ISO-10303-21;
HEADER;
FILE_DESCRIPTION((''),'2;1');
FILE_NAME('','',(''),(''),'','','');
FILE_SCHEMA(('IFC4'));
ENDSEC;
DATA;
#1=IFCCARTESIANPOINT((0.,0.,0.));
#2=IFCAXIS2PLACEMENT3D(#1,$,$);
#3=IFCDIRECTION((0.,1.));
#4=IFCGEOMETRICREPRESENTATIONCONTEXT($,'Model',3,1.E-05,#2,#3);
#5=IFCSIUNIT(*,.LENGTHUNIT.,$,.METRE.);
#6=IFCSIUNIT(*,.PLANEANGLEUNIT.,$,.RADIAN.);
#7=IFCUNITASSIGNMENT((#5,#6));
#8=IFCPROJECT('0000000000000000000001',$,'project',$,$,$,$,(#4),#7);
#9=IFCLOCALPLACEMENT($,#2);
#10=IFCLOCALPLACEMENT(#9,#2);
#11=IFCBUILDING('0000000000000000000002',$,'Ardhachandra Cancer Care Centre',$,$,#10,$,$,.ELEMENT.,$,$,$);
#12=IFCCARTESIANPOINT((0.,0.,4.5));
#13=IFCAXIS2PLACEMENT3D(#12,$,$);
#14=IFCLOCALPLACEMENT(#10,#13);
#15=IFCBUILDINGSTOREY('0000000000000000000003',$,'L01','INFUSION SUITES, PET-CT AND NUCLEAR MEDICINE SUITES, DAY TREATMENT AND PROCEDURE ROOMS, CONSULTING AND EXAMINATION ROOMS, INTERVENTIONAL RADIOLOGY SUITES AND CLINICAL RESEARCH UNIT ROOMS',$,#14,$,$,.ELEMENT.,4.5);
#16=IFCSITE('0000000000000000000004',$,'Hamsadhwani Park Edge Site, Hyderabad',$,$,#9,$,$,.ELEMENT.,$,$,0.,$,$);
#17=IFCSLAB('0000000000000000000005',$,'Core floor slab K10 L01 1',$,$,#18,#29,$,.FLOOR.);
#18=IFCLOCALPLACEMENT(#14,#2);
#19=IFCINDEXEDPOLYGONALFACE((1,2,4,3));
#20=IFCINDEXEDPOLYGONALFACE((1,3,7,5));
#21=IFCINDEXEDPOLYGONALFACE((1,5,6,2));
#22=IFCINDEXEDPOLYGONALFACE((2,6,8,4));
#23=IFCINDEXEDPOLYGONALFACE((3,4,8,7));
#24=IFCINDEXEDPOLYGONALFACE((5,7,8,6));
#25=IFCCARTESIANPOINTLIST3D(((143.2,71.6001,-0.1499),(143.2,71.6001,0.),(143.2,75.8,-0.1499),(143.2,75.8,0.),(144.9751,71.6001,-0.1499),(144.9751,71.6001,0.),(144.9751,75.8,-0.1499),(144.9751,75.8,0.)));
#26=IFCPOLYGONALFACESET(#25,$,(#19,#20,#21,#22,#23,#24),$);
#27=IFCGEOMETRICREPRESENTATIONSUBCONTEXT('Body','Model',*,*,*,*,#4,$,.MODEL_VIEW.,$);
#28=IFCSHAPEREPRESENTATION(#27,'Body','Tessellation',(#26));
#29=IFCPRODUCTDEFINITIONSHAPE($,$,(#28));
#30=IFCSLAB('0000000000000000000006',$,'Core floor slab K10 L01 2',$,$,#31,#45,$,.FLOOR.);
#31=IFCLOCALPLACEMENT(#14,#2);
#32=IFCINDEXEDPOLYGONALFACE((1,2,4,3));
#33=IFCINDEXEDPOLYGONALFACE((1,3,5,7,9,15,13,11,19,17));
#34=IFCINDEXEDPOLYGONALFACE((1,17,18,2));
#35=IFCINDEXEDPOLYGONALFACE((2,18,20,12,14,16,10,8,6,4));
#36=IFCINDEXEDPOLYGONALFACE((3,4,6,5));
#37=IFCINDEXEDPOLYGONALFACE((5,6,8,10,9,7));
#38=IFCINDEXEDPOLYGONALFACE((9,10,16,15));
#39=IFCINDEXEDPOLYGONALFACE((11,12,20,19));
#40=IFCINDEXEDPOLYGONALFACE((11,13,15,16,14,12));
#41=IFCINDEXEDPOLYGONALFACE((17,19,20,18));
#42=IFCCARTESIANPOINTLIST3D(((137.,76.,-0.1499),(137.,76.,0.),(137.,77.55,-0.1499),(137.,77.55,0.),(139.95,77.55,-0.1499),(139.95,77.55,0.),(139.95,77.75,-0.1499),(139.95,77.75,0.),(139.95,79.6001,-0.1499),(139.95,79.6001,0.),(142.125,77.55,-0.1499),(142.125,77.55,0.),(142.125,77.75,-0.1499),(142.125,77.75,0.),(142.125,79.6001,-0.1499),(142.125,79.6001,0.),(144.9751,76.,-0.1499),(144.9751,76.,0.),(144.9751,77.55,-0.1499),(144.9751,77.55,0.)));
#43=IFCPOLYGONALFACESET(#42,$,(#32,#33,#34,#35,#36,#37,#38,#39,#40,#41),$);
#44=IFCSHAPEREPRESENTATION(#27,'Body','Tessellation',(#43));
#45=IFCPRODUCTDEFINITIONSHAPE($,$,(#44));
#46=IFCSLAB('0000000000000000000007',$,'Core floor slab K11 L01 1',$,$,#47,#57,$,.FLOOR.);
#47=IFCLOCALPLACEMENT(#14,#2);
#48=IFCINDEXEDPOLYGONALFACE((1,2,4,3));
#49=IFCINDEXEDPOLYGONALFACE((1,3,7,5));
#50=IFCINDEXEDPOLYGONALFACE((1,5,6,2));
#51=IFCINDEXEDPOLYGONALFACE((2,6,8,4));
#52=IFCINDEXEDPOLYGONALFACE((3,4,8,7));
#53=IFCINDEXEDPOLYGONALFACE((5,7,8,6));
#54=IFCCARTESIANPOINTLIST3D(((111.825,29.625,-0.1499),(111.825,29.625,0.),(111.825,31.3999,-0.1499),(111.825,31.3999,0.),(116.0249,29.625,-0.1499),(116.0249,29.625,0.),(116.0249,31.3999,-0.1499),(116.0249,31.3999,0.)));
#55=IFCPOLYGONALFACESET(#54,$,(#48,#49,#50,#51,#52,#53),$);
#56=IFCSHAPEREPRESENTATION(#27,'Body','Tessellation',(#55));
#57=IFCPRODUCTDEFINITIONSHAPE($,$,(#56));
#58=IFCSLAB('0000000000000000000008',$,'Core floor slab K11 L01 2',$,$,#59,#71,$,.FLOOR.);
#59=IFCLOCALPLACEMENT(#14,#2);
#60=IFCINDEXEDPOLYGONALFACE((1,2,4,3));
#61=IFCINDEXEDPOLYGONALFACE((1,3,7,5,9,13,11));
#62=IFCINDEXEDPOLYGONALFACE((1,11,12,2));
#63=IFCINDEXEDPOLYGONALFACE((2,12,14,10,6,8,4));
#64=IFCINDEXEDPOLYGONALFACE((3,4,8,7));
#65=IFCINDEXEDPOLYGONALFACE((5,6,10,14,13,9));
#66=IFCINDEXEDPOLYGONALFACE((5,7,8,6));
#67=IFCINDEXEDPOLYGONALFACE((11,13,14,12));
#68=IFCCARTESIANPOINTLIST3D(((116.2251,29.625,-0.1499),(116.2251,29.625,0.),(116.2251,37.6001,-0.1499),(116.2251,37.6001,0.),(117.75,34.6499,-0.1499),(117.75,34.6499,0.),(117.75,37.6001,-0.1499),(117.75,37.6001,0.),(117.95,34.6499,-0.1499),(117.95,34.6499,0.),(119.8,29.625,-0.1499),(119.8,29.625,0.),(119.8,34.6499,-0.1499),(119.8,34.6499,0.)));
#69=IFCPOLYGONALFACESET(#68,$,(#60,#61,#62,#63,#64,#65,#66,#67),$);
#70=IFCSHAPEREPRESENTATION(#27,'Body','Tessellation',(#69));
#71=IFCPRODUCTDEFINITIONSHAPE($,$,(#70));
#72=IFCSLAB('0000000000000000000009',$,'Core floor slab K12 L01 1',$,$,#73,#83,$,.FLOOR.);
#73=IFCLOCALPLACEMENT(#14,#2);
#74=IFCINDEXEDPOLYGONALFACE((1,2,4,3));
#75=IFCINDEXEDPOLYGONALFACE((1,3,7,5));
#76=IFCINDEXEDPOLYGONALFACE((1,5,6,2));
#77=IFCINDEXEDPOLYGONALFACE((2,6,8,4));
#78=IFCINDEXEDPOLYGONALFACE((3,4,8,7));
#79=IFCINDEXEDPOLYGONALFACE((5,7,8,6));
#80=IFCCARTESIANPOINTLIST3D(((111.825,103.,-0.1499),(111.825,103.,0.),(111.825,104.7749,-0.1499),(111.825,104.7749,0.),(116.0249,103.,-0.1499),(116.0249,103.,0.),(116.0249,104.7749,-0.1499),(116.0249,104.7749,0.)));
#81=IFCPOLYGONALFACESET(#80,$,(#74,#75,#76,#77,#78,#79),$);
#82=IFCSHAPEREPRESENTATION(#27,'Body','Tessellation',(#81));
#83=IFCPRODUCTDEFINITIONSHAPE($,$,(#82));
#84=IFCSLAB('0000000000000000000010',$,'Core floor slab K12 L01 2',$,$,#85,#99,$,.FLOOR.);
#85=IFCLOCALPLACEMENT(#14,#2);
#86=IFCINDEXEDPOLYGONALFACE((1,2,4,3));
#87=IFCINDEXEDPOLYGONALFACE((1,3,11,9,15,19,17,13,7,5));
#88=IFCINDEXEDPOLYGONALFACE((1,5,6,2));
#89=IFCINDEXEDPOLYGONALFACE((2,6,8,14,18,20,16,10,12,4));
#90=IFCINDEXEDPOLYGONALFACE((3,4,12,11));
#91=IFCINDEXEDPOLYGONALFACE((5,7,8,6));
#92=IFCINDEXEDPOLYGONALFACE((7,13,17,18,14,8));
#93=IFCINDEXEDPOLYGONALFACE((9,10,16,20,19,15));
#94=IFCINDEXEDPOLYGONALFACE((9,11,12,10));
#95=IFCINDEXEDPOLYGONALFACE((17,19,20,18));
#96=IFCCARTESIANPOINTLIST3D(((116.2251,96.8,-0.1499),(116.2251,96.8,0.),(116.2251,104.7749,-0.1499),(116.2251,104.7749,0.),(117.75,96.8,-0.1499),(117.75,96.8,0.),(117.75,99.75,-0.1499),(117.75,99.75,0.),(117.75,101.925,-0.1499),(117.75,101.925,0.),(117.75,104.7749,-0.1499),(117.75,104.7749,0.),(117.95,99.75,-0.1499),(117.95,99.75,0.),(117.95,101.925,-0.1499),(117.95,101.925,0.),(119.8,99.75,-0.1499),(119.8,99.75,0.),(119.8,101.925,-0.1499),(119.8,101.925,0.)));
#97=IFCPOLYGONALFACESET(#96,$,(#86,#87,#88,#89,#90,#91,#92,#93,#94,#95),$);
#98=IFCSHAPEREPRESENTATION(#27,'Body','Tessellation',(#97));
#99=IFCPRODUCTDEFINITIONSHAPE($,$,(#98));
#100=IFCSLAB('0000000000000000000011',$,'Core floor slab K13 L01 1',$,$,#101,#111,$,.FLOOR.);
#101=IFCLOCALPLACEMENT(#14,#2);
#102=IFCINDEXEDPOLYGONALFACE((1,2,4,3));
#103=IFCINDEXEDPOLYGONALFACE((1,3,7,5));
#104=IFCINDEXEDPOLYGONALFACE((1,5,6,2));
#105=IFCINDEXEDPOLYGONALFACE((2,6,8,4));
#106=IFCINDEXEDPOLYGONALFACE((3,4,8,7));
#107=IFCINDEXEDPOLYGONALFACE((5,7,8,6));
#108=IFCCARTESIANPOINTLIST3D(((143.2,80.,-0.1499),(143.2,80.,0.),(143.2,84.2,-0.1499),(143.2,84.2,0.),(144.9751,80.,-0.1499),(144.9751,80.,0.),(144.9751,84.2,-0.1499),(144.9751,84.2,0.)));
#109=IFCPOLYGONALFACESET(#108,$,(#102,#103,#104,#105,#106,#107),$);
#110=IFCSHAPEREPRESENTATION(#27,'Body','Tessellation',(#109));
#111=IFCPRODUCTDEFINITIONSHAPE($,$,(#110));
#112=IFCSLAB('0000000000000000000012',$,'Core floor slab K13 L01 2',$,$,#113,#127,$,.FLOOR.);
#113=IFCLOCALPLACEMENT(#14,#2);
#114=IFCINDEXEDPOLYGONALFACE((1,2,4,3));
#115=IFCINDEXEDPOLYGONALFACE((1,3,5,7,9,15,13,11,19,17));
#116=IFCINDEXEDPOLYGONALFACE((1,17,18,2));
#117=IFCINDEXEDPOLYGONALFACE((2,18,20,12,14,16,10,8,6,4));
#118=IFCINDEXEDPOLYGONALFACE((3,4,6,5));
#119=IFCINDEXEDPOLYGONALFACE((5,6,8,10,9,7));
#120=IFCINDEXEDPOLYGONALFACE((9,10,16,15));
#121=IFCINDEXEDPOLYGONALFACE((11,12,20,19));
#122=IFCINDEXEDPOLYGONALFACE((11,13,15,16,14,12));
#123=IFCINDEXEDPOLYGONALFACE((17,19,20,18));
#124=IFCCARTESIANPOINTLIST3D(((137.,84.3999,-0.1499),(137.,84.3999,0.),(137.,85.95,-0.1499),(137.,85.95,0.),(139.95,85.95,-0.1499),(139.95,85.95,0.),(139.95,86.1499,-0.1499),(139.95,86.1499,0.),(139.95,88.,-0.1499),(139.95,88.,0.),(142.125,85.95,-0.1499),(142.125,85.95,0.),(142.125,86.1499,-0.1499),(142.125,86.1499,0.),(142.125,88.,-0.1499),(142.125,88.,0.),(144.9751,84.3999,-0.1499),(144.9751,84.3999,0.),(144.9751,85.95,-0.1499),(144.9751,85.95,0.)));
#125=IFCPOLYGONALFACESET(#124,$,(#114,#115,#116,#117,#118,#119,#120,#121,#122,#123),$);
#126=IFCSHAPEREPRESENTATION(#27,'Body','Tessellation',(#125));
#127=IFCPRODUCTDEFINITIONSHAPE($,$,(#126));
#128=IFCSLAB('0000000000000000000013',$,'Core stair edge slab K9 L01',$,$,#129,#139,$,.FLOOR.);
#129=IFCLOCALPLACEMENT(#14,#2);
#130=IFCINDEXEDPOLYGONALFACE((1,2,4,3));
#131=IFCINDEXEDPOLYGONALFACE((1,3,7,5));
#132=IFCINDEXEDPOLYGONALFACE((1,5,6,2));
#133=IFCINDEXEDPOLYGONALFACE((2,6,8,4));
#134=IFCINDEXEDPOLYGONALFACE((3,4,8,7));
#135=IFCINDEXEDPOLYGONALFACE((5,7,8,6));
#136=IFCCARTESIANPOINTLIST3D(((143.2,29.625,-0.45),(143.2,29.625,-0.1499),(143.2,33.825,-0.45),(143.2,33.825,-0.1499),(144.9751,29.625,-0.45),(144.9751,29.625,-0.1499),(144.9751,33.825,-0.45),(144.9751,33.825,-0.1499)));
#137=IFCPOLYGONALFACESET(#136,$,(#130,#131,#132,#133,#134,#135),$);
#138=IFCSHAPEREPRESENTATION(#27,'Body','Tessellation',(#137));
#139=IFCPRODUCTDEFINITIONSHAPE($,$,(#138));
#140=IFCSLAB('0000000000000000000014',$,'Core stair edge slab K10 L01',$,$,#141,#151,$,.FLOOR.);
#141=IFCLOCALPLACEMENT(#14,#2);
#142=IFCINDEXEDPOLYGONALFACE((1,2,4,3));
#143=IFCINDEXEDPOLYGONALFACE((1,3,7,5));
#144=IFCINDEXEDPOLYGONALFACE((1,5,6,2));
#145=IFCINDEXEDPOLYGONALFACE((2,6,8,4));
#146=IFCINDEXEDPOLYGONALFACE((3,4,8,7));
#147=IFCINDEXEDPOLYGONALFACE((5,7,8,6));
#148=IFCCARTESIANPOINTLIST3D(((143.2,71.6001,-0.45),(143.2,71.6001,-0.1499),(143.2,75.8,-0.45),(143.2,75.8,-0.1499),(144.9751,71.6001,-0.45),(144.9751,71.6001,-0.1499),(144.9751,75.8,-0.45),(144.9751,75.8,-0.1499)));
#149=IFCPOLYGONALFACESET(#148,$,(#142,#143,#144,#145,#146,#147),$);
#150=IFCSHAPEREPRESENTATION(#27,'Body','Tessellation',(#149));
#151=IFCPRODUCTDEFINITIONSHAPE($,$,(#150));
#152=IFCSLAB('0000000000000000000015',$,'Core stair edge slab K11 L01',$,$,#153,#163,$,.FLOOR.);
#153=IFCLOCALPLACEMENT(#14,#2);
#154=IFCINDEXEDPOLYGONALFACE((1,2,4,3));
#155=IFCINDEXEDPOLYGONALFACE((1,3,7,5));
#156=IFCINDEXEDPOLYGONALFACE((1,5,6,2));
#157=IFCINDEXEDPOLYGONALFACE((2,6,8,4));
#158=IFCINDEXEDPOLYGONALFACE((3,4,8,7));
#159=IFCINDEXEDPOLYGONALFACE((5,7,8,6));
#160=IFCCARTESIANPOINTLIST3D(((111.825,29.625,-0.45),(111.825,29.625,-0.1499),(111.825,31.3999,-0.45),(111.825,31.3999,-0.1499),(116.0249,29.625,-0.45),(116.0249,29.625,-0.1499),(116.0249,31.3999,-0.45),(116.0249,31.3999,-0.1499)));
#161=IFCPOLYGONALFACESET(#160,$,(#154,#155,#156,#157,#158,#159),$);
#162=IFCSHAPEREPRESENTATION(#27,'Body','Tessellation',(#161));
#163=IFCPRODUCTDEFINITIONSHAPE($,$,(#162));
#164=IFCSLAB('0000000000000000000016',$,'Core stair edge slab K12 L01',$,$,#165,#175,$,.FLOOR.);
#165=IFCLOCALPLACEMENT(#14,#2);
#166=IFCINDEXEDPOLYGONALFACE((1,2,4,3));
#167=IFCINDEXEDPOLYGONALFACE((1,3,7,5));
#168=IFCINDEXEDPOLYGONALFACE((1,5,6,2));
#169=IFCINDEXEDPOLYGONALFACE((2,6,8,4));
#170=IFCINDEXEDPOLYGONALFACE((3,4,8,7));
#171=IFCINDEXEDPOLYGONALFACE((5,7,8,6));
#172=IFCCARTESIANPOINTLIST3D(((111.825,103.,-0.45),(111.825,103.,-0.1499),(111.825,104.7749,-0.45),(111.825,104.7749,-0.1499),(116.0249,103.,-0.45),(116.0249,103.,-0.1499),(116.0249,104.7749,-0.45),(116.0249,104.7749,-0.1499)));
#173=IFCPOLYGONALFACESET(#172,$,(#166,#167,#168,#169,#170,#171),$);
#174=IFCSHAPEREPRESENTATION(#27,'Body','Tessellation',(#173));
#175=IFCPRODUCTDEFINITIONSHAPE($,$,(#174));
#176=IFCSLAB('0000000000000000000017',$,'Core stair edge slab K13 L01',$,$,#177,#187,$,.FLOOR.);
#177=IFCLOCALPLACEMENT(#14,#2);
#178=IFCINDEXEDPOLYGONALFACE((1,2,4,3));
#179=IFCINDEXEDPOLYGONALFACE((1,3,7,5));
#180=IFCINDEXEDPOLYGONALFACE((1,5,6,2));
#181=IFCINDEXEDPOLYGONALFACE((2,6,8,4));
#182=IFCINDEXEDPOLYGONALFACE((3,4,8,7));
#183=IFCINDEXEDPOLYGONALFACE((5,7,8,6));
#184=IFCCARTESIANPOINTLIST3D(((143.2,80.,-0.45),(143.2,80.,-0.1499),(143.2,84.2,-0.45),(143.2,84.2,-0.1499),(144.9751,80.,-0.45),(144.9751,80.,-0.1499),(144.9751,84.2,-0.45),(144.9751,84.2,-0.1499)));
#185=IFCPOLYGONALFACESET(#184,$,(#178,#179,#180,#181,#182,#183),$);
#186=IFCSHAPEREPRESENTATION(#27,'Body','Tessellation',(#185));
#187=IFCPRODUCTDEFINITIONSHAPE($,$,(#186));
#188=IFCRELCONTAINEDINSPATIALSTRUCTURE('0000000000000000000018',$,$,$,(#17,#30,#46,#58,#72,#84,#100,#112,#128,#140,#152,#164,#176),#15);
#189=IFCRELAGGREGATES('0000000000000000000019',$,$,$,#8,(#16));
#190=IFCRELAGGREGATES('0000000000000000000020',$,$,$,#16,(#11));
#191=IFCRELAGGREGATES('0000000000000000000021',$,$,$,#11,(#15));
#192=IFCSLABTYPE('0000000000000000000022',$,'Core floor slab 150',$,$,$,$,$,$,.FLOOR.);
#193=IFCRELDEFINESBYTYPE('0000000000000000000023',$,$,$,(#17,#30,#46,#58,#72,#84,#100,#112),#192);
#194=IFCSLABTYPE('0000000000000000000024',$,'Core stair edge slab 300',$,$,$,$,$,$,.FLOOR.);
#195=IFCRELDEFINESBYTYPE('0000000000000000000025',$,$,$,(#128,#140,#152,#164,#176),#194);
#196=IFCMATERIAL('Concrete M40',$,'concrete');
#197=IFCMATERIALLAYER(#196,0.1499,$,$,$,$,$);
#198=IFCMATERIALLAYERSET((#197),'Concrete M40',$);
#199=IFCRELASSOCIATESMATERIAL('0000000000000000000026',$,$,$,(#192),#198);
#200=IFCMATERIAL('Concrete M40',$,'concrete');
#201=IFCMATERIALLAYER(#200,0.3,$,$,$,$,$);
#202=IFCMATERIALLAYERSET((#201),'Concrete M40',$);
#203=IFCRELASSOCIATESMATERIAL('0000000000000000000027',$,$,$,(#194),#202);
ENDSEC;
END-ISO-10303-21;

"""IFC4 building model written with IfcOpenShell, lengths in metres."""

from ifc_helpers import new_model, si_unit, direction, frame, origin, place, context, subcontext, project, spatial, polyline, outline, extrude, material, layer, layer_set, type_object, element, save


model = new_model("IFC4")

# Units and contexts
model_context = context("Model", 3, precision=1e-05, world=origin(), true_north=direction((0.0, 1.0)))
body_context = subcontext(model_context, "Body", "Model", "MODEL_VIEW")
ifc_project = project(units=[si_unit("LENGTHUNIT", "METRE"), si_unit("PLANEANGLEUNIT", "RADIAN")], contexts=[model_context])

# Site, building, storey
site_placement = place(None, origin())
site = spatial("IfcSite", under=ifc_project, at=site_placement, Name="Hamsadhwani Park Edge Site, Hyderabad", CompositionType="ELEMENT", RefElevation=0.0)
building_placement = place(site_placement, origin())
building = spatial("IfcBuilding", under=site, at=building_placement, Name="Ardhachandra Cancer Care Centre", CompositionType="ELEMENT")
storey_placement = place(building_placement, frame((0.0, 0.0, 4.5)))
storey = spatial("IfcBuildingStorey", under=building, at=storey_placement, Name="L01", Description="INFUSION SUITES, PET-CT AND NUCLEAR MEDICINE SUITES, DAY TREATMENT AND PROCEDURE ROOMS, CONSULTING AND EXAMINATION ROOMS, INTERVENTIONAL RADIOLOGY SUITES AND CLINICAL RESEARCH UNIT ROOMS", CompositionType="ELEMENT", Elevation=4.5)

# Slabs
ifc_material_1 = material(Name="Concrete M40", Category="concrete")
ifc_layer_1 = layer(ifc_material_1, 0.1499)
ifc_layer_set_1 = layer_set([ifc_layer_1], Name="Concrete M40")
slab_type_1 = type_object("IfcSlabType", Name="Core floor slab 150", PredefinedType="FLOOR", material=ifc_layer_set_1)
slab_1_placement = place(storey_placement, frame((0.0, 0.0, -0.1499)))
element("IfcSlab", 1, at=slab_1_placement, inside=storey, type_object=slab_type_1, Name="Core floor slab K10 L01 1", PredefinedType="FLOOR", context=body_context, shape_type="SweptSolid", body=[
    extrude(outline(polyline([(144.9751, 71.6001), (144.9751, 75.8), (143.2, 75.8), (143.2, 71.6001), (144.9751, 71.6001)])), origin(), (0.0, 0.0, 1.0), 0.1499),
])
slab_2_placement = place(storey_placement, frame((0.0, 0.0, -0.1499)))
element("IfcSlab", 2, at=slab_2_placement, inside=storey, type_object=slab_type_1, Name="Core floor slab K10 L01 2", PredefinedType="FLOOR", context=body_context, shape_type="SweptSolid", body=[
    extrude(outline(polyline([(139.95, 79.6001), (139.95, 77.75), (139.95, 77.55), (137.0, 77.55), (137.0, 76.0), (144.9751, 76.0), (144.9751, 77.55), (142.125, 77.55), (142.125, 77.75), (142.125, 79.6001), (139.95, 79.6001)])), origin(), (0.0, 0.0, 1.0), 0.1499),
])
slab_3_placement = place(storey_placement, frame((0.0, 0.0, -0.1499)))
element("IfcSlab", 3, at=slab_3_placement, inside=storey, type_object=slab_type_1, Name="Core floor slab K11 L01 1", PredefinedType="FLOOR", context=body_context, shape_type="SweptSolid", body=[
    extrude(outline(polyline([(111.825, 29.625), (116.0249, 29.625), (116.0249, 31.3999), (111.825, 31.3999), (111.825, 29.625)])), origin(), (0.0, 0.0, 1.0), 0.1499),
])
slab_4_placement = place(storey_placement, frame((0.0, 0.0, -0.1499)))
element("IfcSlab", 4, at=slab_4_placement, inside=storey, type_object=slab_type_1, Name="Core floor slab K11 L01 2", PredefinedType="FLOOR", context=body_context, shape_type="SweptSolid", body=[
    extrude(outline(polyline([(119.8, 29.625), (119.8, 34.6499), (117.95, 34.6499), (117.75, 34.6499), (117.75, 37.6001), (116.2251, 37.6001), (116.2251, 29.625), (119.8, 29.625)])), origin(), (0.0, 0.0, 1.0), 0.1499),
])
slab_5_placement = place(storey_placement, frame((0.0, 0.0, -0.1499)))
element("IfcSlab", 5, at=slab_5_placement, inside=storey, type_object=slab_type_1, Name="Core floor slab K12 L01 1", PredefinedType="FLOOR", context=body_context, shape_type="SweptSolid", body=[
    extrude(outline(polyline([(111.825, 104.7749), (116.0249, 104.7749), (116.0249, 103.0), (111.825, 103.0), (111.825, 104.7749)])), origin(), (0.0, 0.0, 1.0), 0.1499),
])
slab_6_placement = place(storey_placement, frame((0.0, 0.0, -0.1499)))
element("IfcSlab", 6, at=slab_6_placement, inside=storey, type_object=slab_type_1, Name="Core floor slab K12 L01 2", PredefinedType="FLOOR", context=body_context, shape_type="SweptSolid", body=[
    extrude(outline(polyline([(119.8, 99.75), (117.95, 99.75), (117.75, 99.75), (117.75, 96.8), (116.2251, 96.8), (116.2251, 104.7749), (117.75, 104.7749), (117.75, 101.925), (117.95, 101.925), (119.8, 101.925), (119.8, 99.75)])), origin(), (0.0, 0.0, 1.0), 0.1499),
])
slab_7_placement = place(storey_placement, frame((0.0, 0.0, -0.1499)))
element("IfcSlab", 7, at=slab_7_placement, inside=storey, type_object=slab_type_1, Name="Core floor slab K13 L01 1", PredefinedType="FLOOR", context=body_context, shape_type="SweptSolid", body=[
    extrude(outline(polyline([(144.9751, 80.0), (144.9751, 84.2), (143.2, 84.2), (143.2, 80.0), (144.9751, 80.0)])), origin(), (0.0, 0.0, 1.0), 0.1499),
])
slab_8_placement = place(storey_placement, frame((0.0, 0.0, -0.1499)))
element("IfcSlab", 8, at=slab_8_placement, inside=storey, type_object=slab_type_1, Name="Core floor slab K13 L01 2", PredefinedType="FLOOR", context=body_context, shape_type="SweptSolid", body=[
    extrude(outline(polyline([(139.95, 88.0), (139.95, 86.1499), (139.95, 85.95), (137.0, 85.95), (137.0, 84.3999), (144.9751, 84.3999), (144.9751, 85.95), (142.125, 85.95), (142.125, 86.1499), (142.125, 88.0), (139.95, 88.0)])), origin(), (0.0, 0.0, 1.0), 0.1499),
])
ifc_material_2 = material(Name="Concrete M40", Category="concrete")
ifc_layer_2 = layer(ifc_material_2, 0.3)
ifc_layer_set_2 = layer_set([ifc_layer_2], Name="Concrete M40")
slab_type_2 = type_object("IfcSlabType", Name="Core stair edge slab 300", PredefinedType="FLOOR", material=ifc_layer_set_2)
slab_9_placement = place(storey_placement, frame((0.0, 0.0, -0.45)))
element("IfcSlab", 9, at=slab_9_placement, inside=storey, type_object=slab_type_2, Name="Core stair edge slab K9 L01", PredefinedType="FLOOR", context=body_context, shape_type="SweptSolid", body=[
    extrude(outline(polyline([(143.2, 29.625), (143.2, 33.825), (144.9751, 33.825), (144.9751, 29.625), (143.2, 29.625)])), origin(), (0.0, 0.0, 1.0), 0.3),
])
slab_10_placement = place(storey_placement, frame((0.0, 0.0, -0.45)))
element("IfcSlab", 10, at=slab_10_placement, inside=storey, type_object=slab_type_2, Name="Core stair edge slab K10 L01", PredefinedType="FLOOR", context=body_context, shape_type="SweptSolid", body=[
    extrude(outline(polyline([(143.2, 71.6001), (143.2, 75.8), (144.9751, 75.8), (144.9751, 71.6001), (143.2, 71.6001)])), origin(), (0.0, 0.0, 1.0), 0.3),
])
slab_11_placement = place(storey_placement, frame((0.0, 0.0, -0.45)))
element("IfcSlab", 11, at=slab_11_placement, inside=storey, type_object=slab_type_2, Name="Core stair edge slab K11 L01", PredefinedType="FLOOR", context=body_context, shape_type="SweptSolid", body=[
    extrude(outline(polyline([(111.825, 31.3999), (116.0249, 31.3999), (116.0249, 29.625), (111.825, 29.625), (111.825, 31.3999)])), origin(), (0.0, 0.0, 1.0), 0.3),
])
slab_12_placement = place(storey_placement, frame((0.0, 0.0, -0.45)))
element("IfcSlab", 12, at=slab_12_placement, inside=storey, type_object=slab_type_2, Name="Core stair edge slab K12 L01", PredefinedType="FLOOR", context=body_context, shape_type="SweptSolid", body=[
    extrude(outline(polyline([(111.825, 103.0), (116.0249, 103.0), (116.0249, 104.7749), (111.825, 104.7749), (111.825, 103.0)])), origin(), (0.0, 0.0, 1.0), 0.3),
])
slab_13_placement = place(storey_placement, frame((0.0, 0.0, -0.45)))
element("IfcSlab", 13, at=slab_13_placement, inside=storey, type_object=slab_type_2, Name="Core stair edge slab K13 L01", PredefinedType="FLOOR", context=body_context, shape_type="SweptSolid", body=[
    extrude(outline(polyline([(143.2, 80.0), (143.2, 84.2), (144.9751, 84.2), (144.9751, 80.0), (143.2, 80.0)])), origin(), (0.0, 0.0, 1.0), 0.3),
])

save(model, "model.ifc")
